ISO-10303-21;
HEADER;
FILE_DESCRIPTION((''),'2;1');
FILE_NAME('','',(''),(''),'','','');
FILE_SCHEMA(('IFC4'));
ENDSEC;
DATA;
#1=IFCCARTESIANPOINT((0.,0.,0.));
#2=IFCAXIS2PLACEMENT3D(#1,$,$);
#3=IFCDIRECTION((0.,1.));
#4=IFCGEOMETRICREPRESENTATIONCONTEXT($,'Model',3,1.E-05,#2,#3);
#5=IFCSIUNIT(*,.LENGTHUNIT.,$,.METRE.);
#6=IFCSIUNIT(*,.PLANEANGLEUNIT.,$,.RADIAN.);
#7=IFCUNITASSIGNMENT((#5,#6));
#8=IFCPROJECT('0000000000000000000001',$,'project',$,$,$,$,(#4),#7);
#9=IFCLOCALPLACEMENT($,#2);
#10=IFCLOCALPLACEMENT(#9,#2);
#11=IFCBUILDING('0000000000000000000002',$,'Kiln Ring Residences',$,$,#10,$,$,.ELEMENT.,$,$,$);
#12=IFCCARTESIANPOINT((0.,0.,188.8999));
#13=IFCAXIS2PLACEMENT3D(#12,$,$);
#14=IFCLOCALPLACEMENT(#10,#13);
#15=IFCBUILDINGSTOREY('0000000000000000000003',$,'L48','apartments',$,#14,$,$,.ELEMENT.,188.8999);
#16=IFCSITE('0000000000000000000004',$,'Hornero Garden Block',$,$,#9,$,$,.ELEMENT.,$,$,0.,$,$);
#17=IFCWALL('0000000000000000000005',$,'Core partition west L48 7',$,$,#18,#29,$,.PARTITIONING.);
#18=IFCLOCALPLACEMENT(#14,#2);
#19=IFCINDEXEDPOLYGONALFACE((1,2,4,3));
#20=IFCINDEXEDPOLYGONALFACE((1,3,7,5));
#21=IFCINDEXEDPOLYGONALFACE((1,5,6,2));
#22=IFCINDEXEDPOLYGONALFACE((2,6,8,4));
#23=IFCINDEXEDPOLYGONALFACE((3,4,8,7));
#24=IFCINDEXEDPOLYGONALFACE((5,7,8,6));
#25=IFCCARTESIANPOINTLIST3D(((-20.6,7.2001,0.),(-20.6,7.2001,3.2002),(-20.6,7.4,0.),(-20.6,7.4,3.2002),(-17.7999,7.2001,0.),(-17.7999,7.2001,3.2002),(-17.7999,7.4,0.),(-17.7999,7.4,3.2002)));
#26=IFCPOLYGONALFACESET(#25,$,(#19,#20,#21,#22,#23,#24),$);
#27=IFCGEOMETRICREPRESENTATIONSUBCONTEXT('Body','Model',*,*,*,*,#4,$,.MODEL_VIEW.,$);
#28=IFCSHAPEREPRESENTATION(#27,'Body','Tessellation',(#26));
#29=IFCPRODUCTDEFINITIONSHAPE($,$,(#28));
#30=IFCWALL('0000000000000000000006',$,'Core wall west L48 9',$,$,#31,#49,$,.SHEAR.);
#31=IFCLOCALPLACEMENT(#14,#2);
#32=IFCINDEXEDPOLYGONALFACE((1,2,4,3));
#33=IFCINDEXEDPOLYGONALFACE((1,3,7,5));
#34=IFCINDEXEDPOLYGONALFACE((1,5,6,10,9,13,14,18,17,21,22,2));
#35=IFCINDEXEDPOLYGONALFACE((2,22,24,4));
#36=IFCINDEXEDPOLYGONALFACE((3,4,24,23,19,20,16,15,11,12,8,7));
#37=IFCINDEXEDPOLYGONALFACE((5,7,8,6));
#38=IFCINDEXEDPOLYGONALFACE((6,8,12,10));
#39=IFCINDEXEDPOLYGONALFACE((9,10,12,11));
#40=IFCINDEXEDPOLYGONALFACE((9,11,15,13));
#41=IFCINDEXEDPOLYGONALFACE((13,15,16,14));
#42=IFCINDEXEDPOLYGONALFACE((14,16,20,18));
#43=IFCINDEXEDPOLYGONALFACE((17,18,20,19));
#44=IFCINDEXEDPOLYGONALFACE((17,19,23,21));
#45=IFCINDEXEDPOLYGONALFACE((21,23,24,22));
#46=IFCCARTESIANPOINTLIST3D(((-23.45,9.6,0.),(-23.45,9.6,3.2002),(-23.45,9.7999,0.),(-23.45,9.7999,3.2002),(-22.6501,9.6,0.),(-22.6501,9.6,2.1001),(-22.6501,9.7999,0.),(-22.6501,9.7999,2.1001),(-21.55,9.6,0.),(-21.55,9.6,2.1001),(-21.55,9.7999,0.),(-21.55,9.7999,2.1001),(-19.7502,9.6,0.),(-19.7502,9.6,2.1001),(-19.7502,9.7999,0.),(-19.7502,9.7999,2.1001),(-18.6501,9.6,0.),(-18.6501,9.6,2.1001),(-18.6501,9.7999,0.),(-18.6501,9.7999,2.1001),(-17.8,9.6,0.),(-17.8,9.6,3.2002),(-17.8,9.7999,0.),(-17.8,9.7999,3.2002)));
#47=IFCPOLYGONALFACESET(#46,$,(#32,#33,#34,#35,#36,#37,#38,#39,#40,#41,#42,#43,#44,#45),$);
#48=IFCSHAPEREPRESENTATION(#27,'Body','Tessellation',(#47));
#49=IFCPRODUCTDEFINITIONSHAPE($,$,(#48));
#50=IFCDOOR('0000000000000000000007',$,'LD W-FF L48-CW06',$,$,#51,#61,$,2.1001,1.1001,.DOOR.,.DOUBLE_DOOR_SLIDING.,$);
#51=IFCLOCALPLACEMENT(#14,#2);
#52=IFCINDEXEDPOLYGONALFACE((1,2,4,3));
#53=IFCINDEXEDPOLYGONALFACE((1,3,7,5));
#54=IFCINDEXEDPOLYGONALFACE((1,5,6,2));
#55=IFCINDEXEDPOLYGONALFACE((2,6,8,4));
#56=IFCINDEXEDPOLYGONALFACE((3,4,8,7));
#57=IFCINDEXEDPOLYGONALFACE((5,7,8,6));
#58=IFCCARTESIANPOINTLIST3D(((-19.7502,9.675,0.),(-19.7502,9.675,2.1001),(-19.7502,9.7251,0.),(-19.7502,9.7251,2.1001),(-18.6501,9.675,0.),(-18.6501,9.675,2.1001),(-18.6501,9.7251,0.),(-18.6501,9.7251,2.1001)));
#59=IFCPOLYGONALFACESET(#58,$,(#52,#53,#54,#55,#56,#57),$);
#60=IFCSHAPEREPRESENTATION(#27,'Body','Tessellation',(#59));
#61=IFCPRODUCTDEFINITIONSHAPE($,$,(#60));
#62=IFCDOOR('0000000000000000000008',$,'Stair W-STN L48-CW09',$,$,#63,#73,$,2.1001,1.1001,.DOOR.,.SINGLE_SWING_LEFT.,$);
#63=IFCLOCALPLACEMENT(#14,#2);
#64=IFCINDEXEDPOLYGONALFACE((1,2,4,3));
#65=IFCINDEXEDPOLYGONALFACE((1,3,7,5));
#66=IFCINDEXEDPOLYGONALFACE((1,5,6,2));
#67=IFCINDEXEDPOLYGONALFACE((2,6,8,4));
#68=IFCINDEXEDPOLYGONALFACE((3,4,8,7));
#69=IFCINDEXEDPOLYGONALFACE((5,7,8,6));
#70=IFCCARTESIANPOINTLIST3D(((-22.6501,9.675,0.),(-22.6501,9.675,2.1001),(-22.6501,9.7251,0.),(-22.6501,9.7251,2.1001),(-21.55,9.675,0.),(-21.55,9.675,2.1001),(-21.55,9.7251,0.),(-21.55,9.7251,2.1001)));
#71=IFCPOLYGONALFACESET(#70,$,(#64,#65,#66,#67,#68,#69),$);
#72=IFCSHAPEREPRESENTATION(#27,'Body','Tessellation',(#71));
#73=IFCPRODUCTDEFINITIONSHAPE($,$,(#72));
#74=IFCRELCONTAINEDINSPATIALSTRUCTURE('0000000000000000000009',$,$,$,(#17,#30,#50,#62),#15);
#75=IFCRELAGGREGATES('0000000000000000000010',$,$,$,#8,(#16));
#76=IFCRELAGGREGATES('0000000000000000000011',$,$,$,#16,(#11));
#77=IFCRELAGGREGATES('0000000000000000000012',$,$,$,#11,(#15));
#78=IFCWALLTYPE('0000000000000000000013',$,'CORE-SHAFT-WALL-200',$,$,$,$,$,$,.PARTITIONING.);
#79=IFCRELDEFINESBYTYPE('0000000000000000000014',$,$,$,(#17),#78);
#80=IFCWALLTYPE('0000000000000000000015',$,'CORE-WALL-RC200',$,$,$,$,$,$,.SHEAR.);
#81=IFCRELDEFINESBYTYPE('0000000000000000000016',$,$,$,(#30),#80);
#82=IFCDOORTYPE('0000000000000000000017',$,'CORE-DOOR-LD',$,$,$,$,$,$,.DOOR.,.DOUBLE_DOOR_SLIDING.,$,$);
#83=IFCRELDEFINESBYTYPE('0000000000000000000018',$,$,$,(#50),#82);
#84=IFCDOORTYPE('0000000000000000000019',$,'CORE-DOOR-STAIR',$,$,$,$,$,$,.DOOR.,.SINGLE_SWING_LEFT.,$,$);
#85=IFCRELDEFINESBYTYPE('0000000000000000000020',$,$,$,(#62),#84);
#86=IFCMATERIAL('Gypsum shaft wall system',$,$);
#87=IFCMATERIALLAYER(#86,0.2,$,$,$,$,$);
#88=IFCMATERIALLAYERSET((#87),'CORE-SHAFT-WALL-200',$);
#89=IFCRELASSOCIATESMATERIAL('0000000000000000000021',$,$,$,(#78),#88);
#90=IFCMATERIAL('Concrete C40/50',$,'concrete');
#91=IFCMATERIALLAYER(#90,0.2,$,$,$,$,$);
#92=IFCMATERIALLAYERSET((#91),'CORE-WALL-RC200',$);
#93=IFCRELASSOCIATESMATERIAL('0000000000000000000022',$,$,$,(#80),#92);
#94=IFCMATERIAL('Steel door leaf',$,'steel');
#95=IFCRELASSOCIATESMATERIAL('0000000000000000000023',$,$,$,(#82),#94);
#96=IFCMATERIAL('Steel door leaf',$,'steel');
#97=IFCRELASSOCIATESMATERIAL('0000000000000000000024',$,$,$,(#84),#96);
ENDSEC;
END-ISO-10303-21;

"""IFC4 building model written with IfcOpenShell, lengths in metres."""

from ifc_helpers import new_model, si_unit, direction, frame, frame_2d, origin, place, context, subcontext, project, spatial, rectangle, extrude, material, layer, layer_set, type_object, element, fill, save


model = new_model("IFC4")

# Units and contexts
model_context = context("Model", 3, precision=1e-05, world=origin(), true_north=direction((0.0, 1.0)))
body_context = subcontext(model_context, "Body", "Model", "MODEL_VIEW")
ifc_project = project(units=[si_unit("LENGTHUNIT", "METRE"), si_unit("PLANEANGLEUNIT", "RADIAN")], contexts=[model_context])

# Site, building, storey
site_placement = place(None, origin())
site = spatial("IfcSite", under=ifc_project, at=site_placement, Name="Hornero Garden Block", CompositionType="ELEMENT", RefElevation=0.0)
building_placement = place(site_placement, origin())
building = spatial("IfcBuilding", under=site, at=building_placement, Name="Kiln Ring Residences", CompositionType="ELEMENT")
storey_placement = place(building_placement, frame((0.0, 0.0, 188.8999)))
storey = spatial("IfcBuildingStorey", under=building, at=storey_placement, Name="L48", Description="apartments", CompositionType="ELEMENT", Elevation=188.8999)

# Wall
ifc_material_1 = material(Name="Gypsum shaft wall system")
ifc_layer_1 = layer(ifc_material_1, 0.2)
ifc_layer_set_1 = layer_set([ifc_layer_1], Name="CORE-SHAFT-WALL-200")
wall_type_1 = type_object("IfcWallType", Name="CORE-SHAFT-WALL-200", PredefinedType="PARTITIONING", material=ifc_layer_set_1)
wall_1_placement = place(storey_placement, frame((-17.8, 7.3, 0.0), z_axis=(0.0, 0.0, 1.0), x_axis=(-1.0, 0.0, 0.0)))
element("IfcWall", 1, at=wall_1_placement, inside=storey, type_object=wall_type_1, Name="Core partition west L48 7", PredefinedType="PARTITIONING", context=body_context, shape_type="SweptSolid", body=[
    extrude(rectangle(XDim=2.8, YDim=0.2, at=frame_2d((1.3999, 0.0))), origin(), (0.0, 0.0, 1.0), 3.2002),
])

# Wall, openings, doors
ifc_material_2 = material(Name="Concrete C40/50", Category="concrete")
ifc_layer_2 = layer(ifc_material_2, 0.2)
ifc_layer_set_2 = layer_set([ifc_layer_2], Name="CORE-WALL-RC200")
wall_type_2 = type_object("IfcWallType", Name="CORE-WALL-RC200", PredefinedType="SHEAR", material=ifc_layer_set_2)
wall_2_placement = place(storey_placement, frame((-17.8, 9.7, 0.0), z_axis=(0.0, 0.0, 1.0), x_axis=(-1.0, 0.0, 0.0)))
wall_2 = element("IfcWall", 2, at=wall_2_placement, inside=storey, type_object=wall_type_2, Name="Core wall west L48 9", PredefinedType="SHEAR", context=body_context, shape_type="SweptSolid", body=[
    extrude(rectangle(XDim=5.6499, YDim=0.2, at=frame_2d((2.825, 0.0))), origin(), (0.0, 0.0, 1.0), 3.2002),
])
opening_1_placement = place(wall_2_placement, frame((0.8501, 0.0, 0.0)))
opening_1 = element("IfcOpeningElement", 3, at=opening_1_placement, cuts=wall_2, PredefinedType="OPENING", context=body_context, shape_type="SweptSolid", body=[
    extrude(rectangle(XDim=1.1001, YDim=2.1001, at=frame_2d((0.55, 1.05))), frame((0.0, 0.1099, 0.0), z_axis=(0.0, -1.0, 0.0), x_axis=(1.0, 0.0, 0.0)), (0.0, 0.0, 1.0), 0.22),
])
opening_2_placement = place(wall_2_placement, frame((3.75, 0.0, 0.0)))
opening_2 = element("IfcOpeningElement", 4, at=opening_2_placement, cuts=wall_2, PredefinedType="OPENING", context=body_context, shape_type="SweptSolid", body=[
    extrude(rectangle(XDim=1.1001, YDim=2.1001, at=frame_2d((0.55, 1.05))), frame((0.0, 0.1099, 0.0), z_axis=(0.0, -1.0, 0.0), x_axis=(1.0, 0.0, 0.0)), (0.0, 0.0, 1.0), 0.22),
])
ifc_material_3 = material(Name="Steel door leaf", Category="steel")
door_type_1 = type_object("IfcDoorType", Name="CORE-DOOR-LD", OperationType="DOUBLE_DOOR_SLIDING", PredefinedType="DOOR", material=ifc_material_3)
door_1_placement = place(opening_1_placement, origin())
door_1 = element("IfcDoor", 5, at=door_1_placement, inside=storey, type_object=door_type_1, Name="LD W-FF L48-CW06", OperationType="DOUBLE_DOOR_SLIDING", OverallHeight=2.1001, OverallWidth=1.1001, PredefinedType="DOOR", context=body_context, shape_type="SweptSolid", body=[
    extrude(rectangle(XDim=1.1001, YDim=2.1001, at=frame_2d((0.55, 1.05))), frame((0.0, 0.0249, 0.0), z_axis=(0.0, -1.0, 0.0), x_axis=(1.0, 0.0, 0.0)), (0.0, 0.0, 1.0), 0.05),
])
fill(opening_1, door_1)
ifc_material_4 = material(Name="Steel door leaf", Category="steel")
door_type_2 = type_object("IfcDoorType", Name="CORE-DOOR-STAIR", OperationType="SINGLE_SWING_LEFT", PredefinedType="DOOR", material=ifc_material_4)
door_2_placement = place(opening_2_placement, origin())
door_2 = element("IfcDoor", 6, at=door_2_placement, inside=storey, type_object=door_type_2, Name="Stair W-STN L48-CW09", OperationType="SINGLE_SWING_LEFT", OverallHeight=2.1001, OverallWidth=1.1001, PredefinedType="DOOR", context=body_context, shape_type="SweptSolid", body=[
    extrude(rectangle(XDim=1.1001, YDim=2.1001, at=frame_2d((0.55, 1.05))), frame((0.0, 0.0249, 0.0), z_axis=(0.0, -1.0, 0.0), x_axis=(1.0, 0.0, 0.0)), (0.0, 0.0, 1.0), 0.05),
])
fill(opening_2, door_2)

save(model, "model.ifc")
